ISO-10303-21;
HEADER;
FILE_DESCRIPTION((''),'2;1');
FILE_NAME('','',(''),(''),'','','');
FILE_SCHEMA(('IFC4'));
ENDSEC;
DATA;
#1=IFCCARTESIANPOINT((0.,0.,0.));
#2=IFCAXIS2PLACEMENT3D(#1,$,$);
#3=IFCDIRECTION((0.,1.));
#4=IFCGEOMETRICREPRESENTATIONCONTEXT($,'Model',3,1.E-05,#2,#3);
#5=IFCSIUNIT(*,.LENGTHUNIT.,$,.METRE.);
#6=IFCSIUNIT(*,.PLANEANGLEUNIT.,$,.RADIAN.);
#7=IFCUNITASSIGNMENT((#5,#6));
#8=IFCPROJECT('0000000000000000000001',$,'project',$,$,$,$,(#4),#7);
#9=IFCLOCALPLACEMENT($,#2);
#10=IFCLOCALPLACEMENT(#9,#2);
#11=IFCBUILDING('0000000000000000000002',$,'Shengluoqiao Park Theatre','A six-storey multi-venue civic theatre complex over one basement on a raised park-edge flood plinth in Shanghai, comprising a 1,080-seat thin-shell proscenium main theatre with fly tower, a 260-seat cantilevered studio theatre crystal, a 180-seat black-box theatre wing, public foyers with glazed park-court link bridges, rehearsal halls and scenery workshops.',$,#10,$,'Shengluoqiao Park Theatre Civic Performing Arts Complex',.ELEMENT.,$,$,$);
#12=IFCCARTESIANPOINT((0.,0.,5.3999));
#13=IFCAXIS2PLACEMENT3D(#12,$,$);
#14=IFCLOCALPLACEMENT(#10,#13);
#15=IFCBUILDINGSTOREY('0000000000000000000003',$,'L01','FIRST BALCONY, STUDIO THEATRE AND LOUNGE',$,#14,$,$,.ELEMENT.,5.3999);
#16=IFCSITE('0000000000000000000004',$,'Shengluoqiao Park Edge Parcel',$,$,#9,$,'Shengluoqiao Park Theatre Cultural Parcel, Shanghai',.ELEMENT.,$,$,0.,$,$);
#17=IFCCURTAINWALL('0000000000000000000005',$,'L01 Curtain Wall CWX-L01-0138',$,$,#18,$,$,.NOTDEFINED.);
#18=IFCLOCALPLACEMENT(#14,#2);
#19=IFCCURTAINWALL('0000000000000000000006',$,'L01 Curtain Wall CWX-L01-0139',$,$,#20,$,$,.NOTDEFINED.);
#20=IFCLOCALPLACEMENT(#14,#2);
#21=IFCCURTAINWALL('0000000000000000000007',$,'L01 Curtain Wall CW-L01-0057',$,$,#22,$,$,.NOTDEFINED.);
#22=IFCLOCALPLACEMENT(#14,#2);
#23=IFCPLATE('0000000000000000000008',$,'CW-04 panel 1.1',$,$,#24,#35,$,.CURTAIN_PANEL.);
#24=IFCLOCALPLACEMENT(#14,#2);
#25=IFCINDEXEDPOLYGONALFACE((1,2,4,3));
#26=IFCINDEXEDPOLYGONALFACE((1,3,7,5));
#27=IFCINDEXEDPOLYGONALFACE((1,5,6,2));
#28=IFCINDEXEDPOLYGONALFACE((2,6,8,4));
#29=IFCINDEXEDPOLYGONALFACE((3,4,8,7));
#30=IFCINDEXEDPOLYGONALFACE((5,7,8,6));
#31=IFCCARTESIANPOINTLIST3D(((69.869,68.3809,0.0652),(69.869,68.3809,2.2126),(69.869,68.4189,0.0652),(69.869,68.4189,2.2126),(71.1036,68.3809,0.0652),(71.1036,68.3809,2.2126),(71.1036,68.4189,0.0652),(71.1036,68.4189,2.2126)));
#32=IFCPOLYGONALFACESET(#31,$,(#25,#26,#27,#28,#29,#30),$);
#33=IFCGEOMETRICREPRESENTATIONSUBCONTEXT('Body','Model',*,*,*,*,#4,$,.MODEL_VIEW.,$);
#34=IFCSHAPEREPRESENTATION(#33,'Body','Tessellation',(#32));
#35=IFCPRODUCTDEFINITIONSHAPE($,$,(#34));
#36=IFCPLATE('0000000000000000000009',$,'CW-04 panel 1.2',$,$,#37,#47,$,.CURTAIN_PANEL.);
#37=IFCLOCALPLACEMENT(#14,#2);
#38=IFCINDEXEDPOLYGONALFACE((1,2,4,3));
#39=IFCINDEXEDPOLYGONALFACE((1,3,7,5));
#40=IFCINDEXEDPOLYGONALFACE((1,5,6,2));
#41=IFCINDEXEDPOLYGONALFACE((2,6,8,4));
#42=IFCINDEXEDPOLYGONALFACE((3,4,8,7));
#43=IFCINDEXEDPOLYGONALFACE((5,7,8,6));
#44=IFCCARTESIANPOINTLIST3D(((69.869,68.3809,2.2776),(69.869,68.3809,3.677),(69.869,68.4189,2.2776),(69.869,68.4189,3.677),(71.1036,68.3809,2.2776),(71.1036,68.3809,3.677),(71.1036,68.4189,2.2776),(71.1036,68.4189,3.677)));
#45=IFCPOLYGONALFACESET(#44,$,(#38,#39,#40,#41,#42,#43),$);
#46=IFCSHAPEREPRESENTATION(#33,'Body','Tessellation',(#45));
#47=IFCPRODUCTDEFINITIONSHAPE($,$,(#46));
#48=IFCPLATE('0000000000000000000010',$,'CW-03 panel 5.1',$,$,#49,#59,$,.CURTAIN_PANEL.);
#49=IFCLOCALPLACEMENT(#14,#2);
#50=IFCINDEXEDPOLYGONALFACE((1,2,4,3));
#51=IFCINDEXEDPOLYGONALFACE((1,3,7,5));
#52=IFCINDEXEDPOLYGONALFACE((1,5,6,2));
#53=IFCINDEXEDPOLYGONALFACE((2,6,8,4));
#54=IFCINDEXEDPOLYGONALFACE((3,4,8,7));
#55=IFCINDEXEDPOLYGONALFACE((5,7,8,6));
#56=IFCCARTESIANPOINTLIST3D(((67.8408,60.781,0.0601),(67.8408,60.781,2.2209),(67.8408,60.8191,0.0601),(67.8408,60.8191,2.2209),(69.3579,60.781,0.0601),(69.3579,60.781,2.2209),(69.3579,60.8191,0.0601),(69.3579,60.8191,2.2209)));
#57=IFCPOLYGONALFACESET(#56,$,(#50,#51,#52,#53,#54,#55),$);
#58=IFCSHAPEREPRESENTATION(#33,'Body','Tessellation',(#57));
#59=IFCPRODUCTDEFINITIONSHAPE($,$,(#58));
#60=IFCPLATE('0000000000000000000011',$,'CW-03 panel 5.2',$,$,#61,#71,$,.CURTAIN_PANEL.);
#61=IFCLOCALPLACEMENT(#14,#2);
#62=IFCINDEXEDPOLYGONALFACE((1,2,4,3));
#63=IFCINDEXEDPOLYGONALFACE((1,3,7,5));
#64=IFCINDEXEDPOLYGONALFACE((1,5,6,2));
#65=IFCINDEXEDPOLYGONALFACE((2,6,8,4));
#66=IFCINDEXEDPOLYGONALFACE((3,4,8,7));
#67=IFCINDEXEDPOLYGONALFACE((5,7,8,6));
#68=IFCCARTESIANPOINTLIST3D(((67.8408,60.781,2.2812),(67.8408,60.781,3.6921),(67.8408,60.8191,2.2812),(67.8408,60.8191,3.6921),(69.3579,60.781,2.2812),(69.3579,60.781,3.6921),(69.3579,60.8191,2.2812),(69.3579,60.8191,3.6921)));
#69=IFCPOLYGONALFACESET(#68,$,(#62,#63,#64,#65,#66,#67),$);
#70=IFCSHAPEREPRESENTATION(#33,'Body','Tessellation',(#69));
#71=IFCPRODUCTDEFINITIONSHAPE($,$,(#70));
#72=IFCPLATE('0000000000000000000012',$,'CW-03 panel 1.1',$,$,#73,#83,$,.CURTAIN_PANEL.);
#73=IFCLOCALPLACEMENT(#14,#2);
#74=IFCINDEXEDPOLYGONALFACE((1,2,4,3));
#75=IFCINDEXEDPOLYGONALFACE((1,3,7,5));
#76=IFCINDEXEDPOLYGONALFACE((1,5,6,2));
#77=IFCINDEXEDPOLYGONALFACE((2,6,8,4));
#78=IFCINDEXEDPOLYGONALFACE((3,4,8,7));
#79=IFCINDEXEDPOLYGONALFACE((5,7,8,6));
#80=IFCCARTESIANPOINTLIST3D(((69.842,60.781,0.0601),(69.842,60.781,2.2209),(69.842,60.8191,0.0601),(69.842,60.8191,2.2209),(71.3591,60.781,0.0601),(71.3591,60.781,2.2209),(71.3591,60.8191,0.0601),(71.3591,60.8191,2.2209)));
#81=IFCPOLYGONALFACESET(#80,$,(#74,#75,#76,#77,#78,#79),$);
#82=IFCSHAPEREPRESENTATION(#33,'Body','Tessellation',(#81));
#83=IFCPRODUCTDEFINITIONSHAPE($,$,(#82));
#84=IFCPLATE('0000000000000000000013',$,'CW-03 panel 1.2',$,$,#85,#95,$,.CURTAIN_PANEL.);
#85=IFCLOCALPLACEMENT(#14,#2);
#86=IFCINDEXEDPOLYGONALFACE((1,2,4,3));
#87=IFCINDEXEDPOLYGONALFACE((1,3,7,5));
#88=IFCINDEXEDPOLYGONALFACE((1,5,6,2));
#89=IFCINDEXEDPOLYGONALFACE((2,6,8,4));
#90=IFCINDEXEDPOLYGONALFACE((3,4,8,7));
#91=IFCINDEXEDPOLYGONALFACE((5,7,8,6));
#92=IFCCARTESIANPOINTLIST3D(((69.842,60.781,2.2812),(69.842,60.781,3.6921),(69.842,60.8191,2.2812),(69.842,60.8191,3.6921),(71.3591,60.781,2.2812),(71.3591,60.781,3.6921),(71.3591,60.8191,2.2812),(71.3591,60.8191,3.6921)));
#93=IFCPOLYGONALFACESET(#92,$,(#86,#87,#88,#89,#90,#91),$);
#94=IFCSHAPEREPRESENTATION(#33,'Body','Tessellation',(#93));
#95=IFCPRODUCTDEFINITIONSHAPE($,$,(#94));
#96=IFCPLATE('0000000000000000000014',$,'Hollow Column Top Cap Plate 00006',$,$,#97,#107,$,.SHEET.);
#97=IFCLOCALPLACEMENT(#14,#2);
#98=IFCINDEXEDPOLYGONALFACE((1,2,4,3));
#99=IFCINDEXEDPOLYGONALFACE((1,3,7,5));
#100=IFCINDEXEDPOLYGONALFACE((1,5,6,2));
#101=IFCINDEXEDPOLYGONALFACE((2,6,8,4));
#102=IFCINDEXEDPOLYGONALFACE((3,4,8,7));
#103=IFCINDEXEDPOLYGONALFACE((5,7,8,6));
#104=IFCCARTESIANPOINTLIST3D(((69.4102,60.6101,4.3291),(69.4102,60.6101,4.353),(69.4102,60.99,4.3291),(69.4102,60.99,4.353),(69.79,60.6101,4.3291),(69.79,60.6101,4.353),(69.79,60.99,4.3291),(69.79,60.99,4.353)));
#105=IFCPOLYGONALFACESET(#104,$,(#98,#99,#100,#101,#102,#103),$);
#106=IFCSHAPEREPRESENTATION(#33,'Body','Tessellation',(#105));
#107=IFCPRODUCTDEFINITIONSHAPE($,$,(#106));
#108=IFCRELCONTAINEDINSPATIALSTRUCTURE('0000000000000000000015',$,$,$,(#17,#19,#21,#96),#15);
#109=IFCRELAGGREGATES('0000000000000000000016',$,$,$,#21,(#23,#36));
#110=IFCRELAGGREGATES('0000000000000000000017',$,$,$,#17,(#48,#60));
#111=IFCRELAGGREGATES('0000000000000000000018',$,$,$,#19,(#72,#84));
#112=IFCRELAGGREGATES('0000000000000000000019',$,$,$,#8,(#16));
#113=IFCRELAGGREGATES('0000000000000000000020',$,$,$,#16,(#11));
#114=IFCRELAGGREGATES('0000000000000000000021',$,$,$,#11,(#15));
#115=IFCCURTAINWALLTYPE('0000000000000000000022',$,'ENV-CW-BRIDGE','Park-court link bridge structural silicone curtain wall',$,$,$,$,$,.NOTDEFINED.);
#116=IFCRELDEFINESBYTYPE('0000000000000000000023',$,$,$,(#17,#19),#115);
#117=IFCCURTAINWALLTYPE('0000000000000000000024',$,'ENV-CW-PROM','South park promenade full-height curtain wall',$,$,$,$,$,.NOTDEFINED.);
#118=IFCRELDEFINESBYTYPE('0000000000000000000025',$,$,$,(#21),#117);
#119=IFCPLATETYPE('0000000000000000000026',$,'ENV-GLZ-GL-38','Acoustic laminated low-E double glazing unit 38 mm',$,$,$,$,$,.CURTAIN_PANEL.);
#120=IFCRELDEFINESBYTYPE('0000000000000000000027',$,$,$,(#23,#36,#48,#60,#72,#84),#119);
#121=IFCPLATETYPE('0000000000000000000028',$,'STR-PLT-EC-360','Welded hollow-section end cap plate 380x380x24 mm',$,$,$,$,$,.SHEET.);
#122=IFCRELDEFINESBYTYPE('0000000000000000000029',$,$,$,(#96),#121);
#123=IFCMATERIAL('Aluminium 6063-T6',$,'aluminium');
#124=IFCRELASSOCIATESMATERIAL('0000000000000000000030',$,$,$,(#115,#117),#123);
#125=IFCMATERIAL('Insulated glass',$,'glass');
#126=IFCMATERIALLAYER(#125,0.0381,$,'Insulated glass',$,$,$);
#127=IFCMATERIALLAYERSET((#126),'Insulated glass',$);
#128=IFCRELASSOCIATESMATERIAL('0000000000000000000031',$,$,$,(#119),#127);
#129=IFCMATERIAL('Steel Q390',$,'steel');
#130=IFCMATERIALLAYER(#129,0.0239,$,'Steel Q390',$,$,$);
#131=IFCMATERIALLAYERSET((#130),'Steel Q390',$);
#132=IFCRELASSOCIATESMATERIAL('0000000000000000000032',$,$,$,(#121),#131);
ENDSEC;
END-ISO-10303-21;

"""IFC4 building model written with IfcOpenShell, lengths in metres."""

from ifc_helpers import new_model, si_unit, direction, frame, origin, origin_2d, place, context, subcontext, project, spatial, rectangle, extrude, material, layer, layer_set, type_object, element, aggregate, save


model = new_model("IFC4")

# Units and contexts
model_context = context("Model", 3, precision=1e-05, world=origin(), true_north=direction((0.0, 1.0)))
body_context = subcontext(model_context, "Body", "Model", "MODEL_VIEW")
ifc_project = project(units=[si_unit("LENGTHUNIT", "METRE"), si_unit("PLANEANGLEUNIT", "RADIAN")], contexts=[model_context])

# Site, building, storey
site_placement = place(None, origin())
site = spatial("IfcSite", under=ifc_project, at=site_placement, Name="Shengluoqiao Park Edge Parcel", LongName="Shengluoqiao Park Theatre Cultural Parcel, Shanghai", CompositionType="ELEMENT", RefElevation=0.0)
building_placement = place(site_placement, origin())
building = spatial("IfcBuilding", under=site, at=building_placement, Name="Shengluoqiao Park Theatre", Description="A six-storey multi-venue civic theatre complex over one basement on a raised park-edge flood plinth in Shanghai, comprising a 1,080-seat thin-shell proscenium main theatre with fly tower, a 260-seat cantilevered studio theatre crystal, a 180-seat black-box theatre wing, public foyers with glazed park-court link bridges, rehearsal halls and scenery workshops.", LongName="Shengluoqiao Park Theatre Civic Performing Arts Complex", CompositionType="ELEMENT")
storey_placement = place(building_placement, frame((0.0, 0.0, 5.3999)))
storey = spatial("IfcBuildingStorey", under=building, at=storey_placement, Name="L01", Description="FIRST BALCONY, STUDIO THEATRE AND LOUNGE", CompositionType="ELEMENT", Elevation=5.3999)

# Curtain wall
ifc_material_1 = material(Name="Aluminium 6063-T6", Category="aluminium")
curtain_wall_type_1 = type_object("IfcCurtainWallType", Name="ENV-CW-BRIDGE", Description="Park-court link bridge structural silicone curtain wall", PredefinedType="NOTDEFINED", material=ifc_material_1)
curtain_wall_1_placement = place(storey_placement, origin())
curtain_wall_1 = element("IfcCurtainWall", 1, at=curtain_wall_1_placement, inside=storey, type_object=curtain_wall_type_1, Name="L01 Curtain Wall CWX-L01-0138", PredefinedType="NOTDEFINED")

# Curtain wall
curtain_wall_2_placement = place(storey_placement, origin())
curtain_wall_2 = element("IfcCurtainWall", 2, at=curtain_wall_2_placement, inside=storey, type_object=curtain_wall_type_1, Name="L01 Curtain Wall CWX-L01-0139", PredefinedType="NOTDEFINED")

# Shared definitions
curtain_wall_type_2 = type_object("IfcCurtainWallType", Name="ENV-CW-PROM", Description="South park promenade full-height curtain wall", PredefinedType="NOTDEFINED", material=ifc_material_1)

# Curtain wall
curtain_wall_3_placement = place(storey_placement, origin())
curtain_wall_3 = element("IfcCurtainWall", 3, at=curtain_wall_3_placement, inside=storey, type_object=curtain_wall_type_2, Name="L01 Curtain Wall CW-L01-0057", PredefinedType="NOTDEFINED")

# Plates
ifc_material_2 = material(Name="Insulated glass", Category="glass")
ifc_layer_1 = layer(ifc_material_2, 0.0381, Name="Insulated glass")
ifc_layer_set_1 = layer_set([ifc_layer_1], Name="Insulated glass")
plate_type_1 = type_object("IfcPlateType", Name="ENV-GLZ-GL-38", Description="Acoustic laminated low-E double glazing unit 38 mm", PredefinedType="CURTAIN_PANEL", material=ifc_layer_set_1)
plate_1_placement = place(storey_placement, frame((70.4863, 68.3999, 0.0652), z_axis=(0.0, 0.0, 1.0), x_axis=(1.0, 0.0, 0.0)))
plate_1 = element("IfcPlate", 4, at=plate_1_placement, type_object=plate_type_1, Name="CW-04 panel 1.1", PredefinedType="CURTAIN_PANEL", context=body_context, shape_type="SweptSolid", body=[
    extrude(rectangle(XDim=1.2346, YDim=0.0381, at=origin_2d()), origin(), (0.0, 0.0, 1.0), 2.1475),
])
plate_2_placement = place(storey_placement, frame((70.4863, 68.3999, 2.2776), z_axis=(0.0, 0.0, 1.0), x_axis=(1.0, 0.0, 0.0)))
plate_2 = element("IfcPlate", 5, at=plate_2_placement, type_object=plate_type_1, Name="CW-04 panel 1.2", PredefinedType="CURTAIN_PANEL", context=body_context, shape_type="SweptSolid", body=[
    extrude(rectangle(XDim=1.2346, YDim=0.0381, at=origin_2d()), origin(), (0.0, 0.0, 1.0), 1.3994),
])
aggregate(curtain_wall_3, [plate_1, plate_2])
plate_3_placement = place(storey_placement, frame((68.5994, 60.8, 0.0601), z_axis=(0.0, 0.0, 1.0), x_axis=(1.0, 0.0, 0.0)))
plate_3 = element("IfcPlate", 6, at=plate_3_placement, type_object=plate_type_1, Name="CW-03 panel 5.1", PredefinedType="CURTAIN_PANEL", context=body_context, shape_type="SweptSolid", body=[
    extrude(rectangle(XDim=1.5171, YDim=0.0381, at=origin_2d()), origin(), (0.0, 0.0, 1.0), 2.1609),
])
plate_4_placement = place(storey_placement, frame((68.5994, 60.8, 2.2812), z_axis=(0.0, 0.0, 1.0), x_axis=(1.0, 0.0, 0.0)))
plate_4 = element("IfcPlate", 7, at=plate_4_placement, type_object=plate_type_1, Name="CW-03 panel 5.2", PredefinedType="CURTAIN_PANEL", context=body_context, shape_type="SweptSolid", body=[
    extrude(rectangle(XDim=1.5171, YDim=0.0381, at=origin_2d()), origin(), (0.0, 0.0, 1.0), 1.4109),
])
aggregate(curtain_wall_1, [plate_3, plate_4])
plate_5_placement = place(storey_placement, frame((70.6006, 60.8, 0.0601), z_axis=(0.0, 0.0, 1.0), x_axis=(1.0, 0.0, 0.0)))
plate_5 = element("IfcPlate", 8, at=plate_5_placement, type_object=plate_type_1, Name="CW-03 panel 1.1", PredefinedType="CURTAIN_PANEL", context=body_context, shape_type="SweptSolid", body=[
    extrude(rectangle(XDim=1.5171, YDim=0.0381, at=origin_2d()), origin(), (0.0, 0.0, 1.0), 2.1609),
])
plate_6_placement = place(storey_placement, frame((70.6006, 60.8, 2.2812), z_axis=(0.0, 0.0, 1.0), x_axis=(1.0, 0.0, 0.0)))
plate_6 = element("IfcPlate", 9, at=plate_6_placement, type_object=plate_type_1, Name="CW-03 panel 1.2", PredefinedType="CURTAIN_PANEL", context=body_context, shape_type="SweptSolid", body=[
    extrude(rectangle(XDim=1.5171, YDim=0.0381, at=origin_2d()), origin(), (0.0, 0.0, 1.0), 1.4109),
])
aggregate(curtain_wall_2, [plate_5, plate_6])
ifc_material_3 = material(Name="Steel Q390", Category="steel")
ifc_layer_2 = layer(ifc_material_3, 0.0239, Name="Steel Q390")
ifc_layer_set_2 = layer_set([ifc_layer_2], Name="Steel Q390")
plate_type_2 = type_object("IfcPlateType", Name="STR-PLT-EC-360", Description="Welded hollow-section end cap plate 380x380x24 mm", PredefinedType="SHEET", material=ifc_layer_set_2)
plate_7_placement = place(storey_placement, frame((69.6001, 60.8, 4.3291), z_axis=(0.0, 0.0, 1.0), x_axis=(1.0, 0.0, 0.0)))
element("IfcPlate", 10, at=plate_7_placement, inside=storey, type_object=plate_type_2, Name="Hollow Column Top Cap Plate 00006", PredefinedType="SHEET", context=body_context, shape_type="SweptSolid", body=[
    extrude(rectangle(XDim=0.3799, YDim=0.3799, at=origin_2d()), origin(), (0.0, 0.0, 1.0), 0.0239),
])

save(model, "model.ifc")
